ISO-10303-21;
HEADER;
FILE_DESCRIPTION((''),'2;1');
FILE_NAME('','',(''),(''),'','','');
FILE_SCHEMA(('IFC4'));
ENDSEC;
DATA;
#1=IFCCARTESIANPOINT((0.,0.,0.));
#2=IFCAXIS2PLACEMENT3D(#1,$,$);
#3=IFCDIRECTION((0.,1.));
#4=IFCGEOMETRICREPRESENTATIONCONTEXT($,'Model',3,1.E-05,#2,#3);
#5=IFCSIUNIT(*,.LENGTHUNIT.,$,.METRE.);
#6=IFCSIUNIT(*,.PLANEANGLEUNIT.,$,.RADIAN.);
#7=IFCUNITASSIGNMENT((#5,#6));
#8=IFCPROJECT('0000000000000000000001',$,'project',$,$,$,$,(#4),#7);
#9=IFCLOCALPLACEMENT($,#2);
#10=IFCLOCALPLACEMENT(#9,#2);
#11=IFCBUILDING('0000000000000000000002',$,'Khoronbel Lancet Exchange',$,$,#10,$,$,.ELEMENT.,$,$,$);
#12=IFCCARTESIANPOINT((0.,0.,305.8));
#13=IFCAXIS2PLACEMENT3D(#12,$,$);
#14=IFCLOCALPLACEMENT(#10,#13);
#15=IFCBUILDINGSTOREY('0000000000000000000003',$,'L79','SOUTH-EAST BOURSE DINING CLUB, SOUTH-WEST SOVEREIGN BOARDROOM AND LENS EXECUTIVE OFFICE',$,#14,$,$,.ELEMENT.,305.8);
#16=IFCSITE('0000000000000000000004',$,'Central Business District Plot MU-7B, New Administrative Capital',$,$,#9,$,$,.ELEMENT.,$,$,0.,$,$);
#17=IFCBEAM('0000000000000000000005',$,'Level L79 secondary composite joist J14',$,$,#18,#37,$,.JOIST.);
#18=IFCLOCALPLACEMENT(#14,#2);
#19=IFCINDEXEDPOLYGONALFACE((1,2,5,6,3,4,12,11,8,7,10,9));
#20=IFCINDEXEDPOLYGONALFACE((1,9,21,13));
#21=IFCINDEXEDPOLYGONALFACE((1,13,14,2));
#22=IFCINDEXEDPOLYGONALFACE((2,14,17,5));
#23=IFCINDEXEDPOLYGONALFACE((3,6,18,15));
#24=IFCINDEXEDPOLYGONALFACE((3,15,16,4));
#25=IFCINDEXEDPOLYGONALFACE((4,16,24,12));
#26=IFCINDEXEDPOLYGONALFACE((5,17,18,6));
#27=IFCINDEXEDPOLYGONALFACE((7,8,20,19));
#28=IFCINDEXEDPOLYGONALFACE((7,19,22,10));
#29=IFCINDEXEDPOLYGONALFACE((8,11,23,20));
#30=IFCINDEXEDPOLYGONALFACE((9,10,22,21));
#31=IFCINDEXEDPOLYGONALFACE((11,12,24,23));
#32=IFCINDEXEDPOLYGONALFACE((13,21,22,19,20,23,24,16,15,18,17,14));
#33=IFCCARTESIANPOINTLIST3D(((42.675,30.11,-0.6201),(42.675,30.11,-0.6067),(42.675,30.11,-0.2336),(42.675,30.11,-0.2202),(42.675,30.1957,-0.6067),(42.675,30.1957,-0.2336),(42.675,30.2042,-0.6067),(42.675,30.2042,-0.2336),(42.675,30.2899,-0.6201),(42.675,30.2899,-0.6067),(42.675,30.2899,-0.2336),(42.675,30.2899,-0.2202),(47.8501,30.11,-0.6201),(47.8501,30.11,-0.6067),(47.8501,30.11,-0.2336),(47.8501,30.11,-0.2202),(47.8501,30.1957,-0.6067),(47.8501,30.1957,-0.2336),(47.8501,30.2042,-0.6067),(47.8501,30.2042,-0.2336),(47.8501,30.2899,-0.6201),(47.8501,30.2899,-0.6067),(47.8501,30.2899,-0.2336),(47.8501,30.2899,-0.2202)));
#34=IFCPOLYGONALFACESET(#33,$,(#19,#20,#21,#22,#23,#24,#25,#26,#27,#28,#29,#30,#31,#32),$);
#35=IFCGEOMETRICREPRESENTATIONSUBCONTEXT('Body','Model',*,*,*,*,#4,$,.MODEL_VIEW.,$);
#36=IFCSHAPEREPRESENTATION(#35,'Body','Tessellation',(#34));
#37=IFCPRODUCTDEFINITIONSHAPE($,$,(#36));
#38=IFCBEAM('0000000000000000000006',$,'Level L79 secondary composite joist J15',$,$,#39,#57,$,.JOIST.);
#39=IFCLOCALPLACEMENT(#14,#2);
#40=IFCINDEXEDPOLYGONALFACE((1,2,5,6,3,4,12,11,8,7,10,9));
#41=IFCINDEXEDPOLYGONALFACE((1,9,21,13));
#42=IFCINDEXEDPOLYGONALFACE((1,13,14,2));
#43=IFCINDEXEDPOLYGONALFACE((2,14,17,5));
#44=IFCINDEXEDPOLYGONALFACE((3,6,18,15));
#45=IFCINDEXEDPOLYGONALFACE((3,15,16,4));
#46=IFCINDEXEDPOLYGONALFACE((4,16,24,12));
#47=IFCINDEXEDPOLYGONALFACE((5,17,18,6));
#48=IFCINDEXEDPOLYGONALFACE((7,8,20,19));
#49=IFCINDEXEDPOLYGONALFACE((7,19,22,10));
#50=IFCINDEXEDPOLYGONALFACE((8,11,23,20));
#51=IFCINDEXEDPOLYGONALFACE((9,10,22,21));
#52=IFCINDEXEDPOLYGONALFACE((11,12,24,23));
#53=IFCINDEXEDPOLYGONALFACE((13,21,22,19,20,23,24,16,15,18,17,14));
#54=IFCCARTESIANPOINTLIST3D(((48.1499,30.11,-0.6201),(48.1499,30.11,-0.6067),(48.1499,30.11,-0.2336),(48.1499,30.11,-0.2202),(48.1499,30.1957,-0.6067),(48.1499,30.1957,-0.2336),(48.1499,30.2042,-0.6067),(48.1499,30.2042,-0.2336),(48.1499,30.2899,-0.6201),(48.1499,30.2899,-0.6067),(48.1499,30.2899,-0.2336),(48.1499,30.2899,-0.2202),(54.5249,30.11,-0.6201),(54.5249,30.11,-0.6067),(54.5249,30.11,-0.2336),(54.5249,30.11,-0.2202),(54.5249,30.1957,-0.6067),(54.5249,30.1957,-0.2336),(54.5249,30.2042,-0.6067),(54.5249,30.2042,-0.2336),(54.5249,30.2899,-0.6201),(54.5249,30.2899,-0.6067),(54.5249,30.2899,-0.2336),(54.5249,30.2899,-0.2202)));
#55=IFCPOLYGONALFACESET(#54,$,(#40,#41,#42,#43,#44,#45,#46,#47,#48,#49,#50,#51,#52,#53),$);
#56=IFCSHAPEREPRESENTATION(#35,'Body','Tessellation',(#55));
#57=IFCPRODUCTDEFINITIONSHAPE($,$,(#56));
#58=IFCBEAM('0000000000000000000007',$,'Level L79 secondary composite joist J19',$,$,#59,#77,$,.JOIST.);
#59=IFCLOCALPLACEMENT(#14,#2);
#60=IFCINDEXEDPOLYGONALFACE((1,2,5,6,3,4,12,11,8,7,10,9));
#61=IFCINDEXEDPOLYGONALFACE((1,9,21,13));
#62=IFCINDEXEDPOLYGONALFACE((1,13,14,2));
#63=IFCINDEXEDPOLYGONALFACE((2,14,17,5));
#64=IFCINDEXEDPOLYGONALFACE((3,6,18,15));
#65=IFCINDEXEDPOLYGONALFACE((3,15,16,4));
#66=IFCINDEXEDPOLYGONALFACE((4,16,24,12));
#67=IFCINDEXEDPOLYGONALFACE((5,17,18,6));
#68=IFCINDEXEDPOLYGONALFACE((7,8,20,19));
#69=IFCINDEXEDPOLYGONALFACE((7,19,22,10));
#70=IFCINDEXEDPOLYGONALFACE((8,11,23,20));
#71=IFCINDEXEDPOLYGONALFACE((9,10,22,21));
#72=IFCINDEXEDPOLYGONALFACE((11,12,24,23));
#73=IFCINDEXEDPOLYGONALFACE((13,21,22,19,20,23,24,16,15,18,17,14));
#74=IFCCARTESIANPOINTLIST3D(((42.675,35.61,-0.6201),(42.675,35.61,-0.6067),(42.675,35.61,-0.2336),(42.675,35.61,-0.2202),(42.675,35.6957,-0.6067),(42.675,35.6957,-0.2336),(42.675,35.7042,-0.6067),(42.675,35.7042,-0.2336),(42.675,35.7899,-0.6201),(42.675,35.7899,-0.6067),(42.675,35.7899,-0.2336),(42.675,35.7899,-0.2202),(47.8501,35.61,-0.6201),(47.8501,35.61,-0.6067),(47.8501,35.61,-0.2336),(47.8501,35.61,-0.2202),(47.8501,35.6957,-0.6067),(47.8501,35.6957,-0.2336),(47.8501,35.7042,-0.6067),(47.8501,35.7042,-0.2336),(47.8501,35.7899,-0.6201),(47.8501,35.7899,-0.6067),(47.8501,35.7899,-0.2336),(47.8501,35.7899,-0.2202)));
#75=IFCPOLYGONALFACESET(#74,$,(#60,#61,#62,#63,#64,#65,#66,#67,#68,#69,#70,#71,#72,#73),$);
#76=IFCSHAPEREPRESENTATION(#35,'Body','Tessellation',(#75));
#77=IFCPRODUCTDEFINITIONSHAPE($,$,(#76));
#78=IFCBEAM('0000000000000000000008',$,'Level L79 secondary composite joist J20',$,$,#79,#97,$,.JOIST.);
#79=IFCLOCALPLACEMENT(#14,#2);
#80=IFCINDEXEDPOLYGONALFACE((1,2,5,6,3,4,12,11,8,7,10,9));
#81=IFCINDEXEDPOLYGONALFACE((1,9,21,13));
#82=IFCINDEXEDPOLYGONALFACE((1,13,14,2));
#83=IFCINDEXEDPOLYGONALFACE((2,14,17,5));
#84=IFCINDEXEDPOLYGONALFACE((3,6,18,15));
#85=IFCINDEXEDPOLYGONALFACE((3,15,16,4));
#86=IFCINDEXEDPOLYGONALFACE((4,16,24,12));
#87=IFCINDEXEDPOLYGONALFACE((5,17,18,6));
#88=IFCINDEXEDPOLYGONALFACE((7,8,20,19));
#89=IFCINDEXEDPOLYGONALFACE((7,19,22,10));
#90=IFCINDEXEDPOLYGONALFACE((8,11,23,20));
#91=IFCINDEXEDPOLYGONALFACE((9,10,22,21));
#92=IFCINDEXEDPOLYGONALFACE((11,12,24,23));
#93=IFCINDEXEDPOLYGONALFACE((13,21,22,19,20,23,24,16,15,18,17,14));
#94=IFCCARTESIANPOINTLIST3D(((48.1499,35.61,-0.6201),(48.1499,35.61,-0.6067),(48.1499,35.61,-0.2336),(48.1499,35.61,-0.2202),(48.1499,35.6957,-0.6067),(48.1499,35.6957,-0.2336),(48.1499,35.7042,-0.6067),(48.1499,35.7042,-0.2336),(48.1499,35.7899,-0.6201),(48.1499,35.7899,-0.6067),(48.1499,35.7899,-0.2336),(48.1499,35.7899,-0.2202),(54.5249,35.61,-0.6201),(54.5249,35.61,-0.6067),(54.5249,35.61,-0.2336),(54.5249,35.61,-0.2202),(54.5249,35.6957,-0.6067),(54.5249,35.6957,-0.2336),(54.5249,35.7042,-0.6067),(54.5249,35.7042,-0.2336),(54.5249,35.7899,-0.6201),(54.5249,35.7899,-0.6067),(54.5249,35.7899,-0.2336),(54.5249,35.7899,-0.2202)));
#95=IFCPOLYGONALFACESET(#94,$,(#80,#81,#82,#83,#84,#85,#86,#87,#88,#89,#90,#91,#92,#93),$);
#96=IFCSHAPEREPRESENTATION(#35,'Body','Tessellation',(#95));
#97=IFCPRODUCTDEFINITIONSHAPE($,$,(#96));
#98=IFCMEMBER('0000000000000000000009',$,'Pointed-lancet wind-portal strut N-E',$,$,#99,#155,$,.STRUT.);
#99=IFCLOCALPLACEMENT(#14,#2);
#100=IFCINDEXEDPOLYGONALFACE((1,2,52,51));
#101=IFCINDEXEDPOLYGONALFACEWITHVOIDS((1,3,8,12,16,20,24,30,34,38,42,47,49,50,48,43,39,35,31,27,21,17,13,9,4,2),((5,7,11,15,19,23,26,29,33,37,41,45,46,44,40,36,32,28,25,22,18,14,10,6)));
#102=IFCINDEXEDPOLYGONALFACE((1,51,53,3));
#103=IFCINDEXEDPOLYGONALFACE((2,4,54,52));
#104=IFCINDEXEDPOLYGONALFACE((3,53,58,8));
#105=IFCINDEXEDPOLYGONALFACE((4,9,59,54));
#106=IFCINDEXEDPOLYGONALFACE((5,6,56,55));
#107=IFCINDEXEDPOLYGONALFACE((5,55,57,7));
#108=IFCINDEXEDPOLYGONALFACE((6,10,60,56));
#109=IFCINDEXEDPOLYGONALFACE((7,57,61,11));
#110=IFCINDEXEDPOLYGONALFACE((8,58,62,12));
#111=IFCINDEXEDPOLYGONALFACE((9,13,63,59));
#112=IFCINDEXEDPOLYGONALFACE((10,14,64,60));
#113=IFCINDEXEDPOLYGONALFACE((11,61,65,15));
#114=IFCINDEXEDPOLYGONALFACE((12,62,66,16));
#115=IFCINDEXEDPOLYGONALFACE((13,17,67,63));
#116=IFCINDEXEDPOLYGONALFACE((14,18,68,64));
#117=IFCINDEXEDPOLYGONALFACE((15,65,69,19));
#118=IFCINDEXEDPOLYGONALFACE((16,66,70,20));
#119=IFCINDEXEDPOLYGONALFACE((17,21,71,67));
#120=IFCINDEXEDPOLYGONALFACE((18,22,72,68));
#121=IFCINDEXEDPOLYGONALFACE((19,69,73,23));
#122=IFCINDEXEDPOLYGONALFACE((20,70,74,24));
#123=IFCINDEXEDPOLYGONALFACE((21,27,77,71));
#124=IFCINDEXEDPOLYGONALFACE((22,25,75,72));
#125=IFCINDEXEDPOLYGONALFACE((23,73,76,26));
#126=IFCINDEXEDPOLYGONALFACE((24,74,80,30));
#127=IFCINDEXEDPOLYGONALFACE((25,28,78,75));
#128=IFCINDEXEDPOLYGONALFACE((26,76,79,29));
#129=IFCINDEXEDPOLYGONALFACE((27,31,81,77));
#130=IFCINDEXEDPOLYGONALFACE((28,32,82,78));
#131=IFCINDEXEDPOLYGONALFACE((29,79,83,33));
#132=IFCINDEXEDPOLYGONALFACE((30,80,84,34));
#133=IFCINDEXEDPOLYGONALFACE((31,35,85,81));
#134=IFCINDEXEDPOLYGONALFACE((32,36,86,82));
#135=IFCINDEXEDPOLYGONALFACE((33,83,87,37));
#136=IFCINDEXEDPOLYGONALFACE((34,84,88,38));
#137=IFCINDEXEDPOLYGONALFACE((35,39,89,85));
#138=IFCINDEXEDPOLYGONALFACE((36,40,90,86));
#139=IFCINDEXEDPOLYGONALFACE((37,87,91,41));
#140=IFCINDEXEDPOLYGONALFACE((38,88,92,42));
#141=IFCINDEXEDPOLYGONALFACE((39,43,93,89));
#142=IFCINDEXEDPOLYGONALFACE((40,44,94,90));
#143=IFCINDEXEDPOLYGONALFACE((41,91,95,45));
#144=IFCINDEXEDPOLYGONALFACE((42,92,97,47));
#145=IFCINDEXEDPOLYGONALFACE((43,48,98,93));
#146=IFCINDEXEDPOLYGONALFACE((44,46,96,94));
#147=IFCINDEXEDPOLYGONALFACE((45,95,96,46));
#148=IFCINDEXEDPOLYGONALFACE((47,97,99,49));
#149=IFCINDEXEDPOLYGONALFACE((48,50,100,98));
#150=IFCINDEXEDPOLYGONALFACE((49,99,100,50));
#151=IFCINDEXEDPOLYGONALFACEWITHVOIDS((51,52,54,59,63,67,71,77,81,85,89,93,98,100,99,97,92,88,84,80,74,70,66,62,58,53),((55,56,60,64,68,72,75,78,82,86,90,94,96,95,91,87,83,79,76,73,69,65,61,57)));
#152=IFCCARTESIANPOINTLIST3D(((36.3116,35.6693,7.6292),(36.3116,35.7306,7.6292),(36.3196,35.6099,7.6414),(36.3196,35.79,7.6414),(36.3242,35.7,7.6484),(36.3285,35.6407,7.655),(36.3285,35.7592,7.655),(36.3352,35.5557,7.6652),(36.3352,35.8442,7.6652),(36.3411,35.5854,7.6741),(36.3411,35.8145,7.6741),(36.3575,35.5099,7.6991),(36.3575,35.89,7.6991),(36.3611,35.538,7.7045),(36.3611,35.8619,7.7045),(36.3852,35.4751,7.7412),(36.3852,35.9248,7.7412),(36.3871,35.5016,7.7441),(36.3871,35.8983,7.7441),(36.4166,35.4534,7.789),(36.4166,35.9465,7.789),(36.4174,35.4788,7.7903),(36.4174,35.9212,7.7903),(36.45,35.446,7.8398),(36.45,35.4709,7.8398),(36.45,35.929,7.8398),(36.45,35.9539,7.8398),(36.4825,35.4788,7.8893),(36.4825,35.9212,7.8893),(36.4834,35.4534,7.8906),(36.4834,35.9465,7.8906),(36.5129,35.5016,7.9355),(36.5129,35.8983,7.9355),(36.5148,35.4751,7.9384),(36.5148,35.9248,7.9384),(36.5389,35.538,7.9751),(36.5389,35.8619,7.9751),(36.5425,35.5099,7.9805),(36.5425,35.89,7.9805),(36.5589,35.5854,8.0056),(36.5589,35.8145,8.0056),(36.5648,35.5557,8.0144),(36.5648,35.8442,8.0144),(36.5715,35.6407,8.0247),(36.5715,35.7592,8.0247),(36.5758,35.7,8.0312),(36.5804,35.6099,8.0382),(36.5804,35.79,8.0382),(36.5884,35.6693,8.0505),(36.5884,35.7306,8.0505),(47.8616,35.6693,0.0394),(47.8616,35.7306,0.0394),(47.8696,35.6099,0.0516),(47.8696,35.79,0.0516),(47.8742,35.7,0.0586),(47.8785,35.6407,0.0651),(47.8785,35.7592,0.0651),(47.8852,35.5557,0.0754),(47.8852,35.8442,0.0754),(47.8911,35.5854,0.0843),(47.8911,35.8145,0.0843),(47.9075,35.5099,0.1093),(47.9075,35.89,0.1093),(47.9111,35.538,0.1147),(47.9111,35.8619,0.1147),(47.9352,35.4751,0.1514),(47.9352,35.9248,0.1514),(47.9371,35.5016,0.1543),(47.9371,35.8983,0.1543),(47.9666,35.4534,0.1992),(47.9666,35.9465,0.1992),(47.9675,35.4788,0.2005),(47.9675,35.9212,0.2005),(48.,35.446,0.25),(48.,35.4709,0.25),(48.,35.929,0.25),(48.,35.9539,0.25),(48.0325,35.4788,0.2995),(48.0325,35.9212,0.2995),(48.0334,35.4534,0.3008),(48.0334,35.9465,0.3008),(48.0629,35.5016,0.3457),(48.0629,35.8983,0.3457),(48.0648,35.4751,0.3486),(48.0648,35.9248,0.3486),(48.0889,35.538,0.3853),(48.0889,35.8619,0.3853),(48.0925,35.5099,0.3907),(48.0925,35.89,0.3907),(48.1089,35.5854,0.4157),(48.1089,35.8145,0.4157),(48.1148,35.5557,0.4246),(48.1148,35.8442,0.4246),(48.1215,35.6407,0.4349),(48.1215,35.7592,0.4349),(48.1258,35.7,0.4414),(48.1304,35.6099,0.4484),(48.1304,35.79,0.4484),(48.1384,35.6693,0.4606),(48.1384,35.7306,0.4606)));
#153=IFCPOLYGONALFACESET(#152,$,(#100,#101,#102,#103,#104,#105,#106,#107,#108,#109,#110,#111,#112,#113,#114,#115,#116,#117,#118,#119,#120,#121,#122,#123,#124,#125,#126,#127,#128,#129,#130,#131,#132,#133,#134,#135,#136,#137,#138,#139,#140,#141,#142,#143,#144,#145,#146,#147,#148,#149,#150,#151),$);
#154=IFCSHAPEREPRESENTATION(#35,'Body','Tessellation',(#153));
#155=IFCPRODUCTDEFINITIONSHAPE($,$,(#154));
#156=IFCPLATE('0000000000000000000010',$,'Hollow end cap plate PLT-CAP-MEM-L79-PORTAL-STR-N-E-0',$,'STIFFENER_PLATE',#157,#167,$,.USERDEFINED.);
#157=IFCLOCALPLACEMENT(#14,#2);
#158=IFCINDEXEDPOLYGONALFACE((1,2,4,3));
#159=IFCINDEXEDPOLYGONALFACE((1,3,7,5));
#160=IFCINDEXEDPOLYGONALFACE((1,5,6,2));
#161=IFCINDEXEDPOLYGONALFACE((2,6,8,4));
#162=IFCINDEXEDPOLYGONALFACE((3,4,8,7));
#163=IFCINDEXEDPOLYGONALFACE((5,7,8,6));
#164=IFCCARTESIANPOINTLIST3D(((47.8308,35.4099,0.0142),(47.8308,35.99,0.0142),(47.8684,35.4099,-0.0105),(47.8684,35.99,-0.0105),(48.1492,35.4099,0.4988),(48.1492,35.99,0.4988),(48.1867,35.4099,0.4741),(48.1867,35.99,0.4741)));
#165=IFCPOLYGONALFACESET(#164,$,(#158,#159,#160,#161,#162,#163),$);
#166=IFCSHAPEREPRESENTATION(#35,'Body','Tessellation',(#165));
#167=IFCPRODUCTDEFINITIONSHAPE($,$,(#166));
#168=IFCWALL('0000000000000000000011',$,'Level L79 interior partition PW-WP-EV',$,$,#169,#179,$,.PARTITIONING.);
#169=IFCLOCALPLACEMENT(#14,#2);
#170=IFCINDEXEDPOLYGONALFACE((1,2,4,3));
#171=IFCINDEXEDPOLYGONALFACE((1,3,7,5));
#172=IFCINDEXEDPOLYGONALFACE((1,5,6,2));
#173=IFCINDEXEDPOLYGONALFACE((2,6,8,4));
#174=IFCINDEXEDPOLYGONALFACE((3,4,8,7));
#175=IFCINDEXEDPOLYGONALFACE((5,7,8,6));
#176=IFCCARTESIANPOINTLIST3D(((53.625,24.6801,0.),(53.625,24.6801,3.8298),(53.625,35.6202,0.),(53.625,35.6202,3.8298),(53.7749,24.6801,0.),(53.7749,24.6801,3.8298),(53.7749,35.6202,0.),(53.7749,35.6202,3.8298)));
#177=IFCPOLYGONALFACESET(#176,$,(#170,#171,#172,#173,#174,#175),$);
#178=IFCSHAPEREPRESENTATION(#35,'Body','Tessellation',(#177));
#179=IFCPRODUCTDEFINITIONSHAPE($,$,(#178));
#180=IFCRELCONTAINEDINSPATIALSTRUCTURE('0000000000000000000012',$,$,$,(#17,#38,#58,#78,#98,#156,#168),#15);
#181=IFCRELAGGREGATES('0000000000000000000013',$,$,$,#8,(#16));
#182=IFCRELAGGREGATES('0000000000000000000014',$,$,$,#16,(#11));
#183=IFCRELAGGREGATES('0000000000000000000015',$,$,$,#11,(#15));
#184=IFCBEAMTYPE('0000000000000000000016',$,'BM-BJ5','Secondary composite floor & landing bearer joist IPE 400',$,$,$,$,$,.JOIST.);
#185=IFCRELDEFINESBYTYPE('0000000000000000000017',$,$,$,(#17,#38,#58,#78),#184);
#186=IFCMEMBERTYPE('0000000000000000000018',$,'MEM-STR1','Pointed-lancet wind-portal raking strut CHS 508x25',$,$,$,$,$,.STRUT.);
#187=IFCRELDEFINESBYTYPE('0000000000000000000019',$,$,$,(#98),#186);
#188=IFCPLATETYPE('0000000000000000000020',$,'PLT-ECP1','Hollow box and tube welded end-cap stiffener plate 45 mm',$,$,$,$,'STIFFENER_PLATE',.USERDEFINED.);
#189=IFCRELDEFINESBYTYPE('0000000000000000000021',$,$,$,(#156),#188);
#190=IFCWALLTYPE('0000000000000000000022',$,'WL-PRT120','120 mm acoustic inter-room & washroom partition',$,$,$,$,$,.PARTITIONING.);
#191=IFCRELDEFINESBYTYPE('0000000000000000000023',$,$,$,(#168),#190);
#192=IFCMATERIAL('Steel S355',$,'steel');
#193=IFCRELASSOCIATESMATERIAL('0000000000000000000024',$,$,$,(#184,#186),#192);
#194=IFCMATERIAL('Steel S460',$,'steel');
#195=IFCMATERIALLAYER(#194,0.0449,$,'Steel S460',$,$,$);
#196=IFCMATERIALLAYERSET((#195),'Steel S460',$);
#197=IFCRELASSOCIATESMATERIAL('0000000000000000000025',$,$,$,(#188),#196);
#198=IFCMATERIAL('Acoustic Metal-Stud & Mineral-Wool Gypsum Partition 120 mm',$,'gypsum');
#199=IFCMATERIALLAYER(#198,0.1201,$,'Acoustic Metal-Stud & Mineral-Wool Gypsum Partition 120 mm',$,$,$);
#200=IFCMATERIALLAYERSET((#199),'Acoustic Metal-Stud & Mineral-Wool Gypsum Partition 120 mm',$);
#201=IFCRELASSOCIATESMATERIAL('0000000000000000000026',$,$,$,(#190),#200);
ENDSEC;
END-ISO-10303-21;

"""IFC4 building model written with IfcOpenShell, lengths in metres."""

from ifc_helpers import new_model, si_unit, direction, frame, frame_2d, origin, origin_2d, place, context, subcontext, project, spatial, polyline, rectangle, hollow_circle, i_section, outline, extrude, material, layer, layer_set, material_profile, profile_set, type_object, element, save


model = new_model("IFC4")

# Units and contexts
model_context = context("Model", 3, precision=1e-05, world=origin(), true_north=direction((0.0, 1.0)))
body_context = subcontext(model_context, "Body", "Model", "MODEL_VIEW")
ifc_project = project(units=[si_unit("LENGTHUNIT", "METRE"), si_unit("PLANEANGLEUNIT", "RADIAN")], contexts=[model_context])

# Site, building, storey
site_placement = place(None, origin())
site = spatial("IfcSite", under=ifc_project, at=site_placement, Name="Central Business District Plot MU-7B, New Administrative Capital", CompositionType="ELEMENT", RefElevation=0.0)
building_placement = place(site_placement, origin())
building = spatial("IfcBuilding", under=site, at=building_placement, Name="Khoronbel Lancet Exchange", CompositionType="ELEMENT")
storey_placement = place(building_placement, frame((0.0, 0.0, 305.8)))
storey = spatial("IfcBuildingStorey", under=building, at=storey_placement, Name="L79", Description="SOUTH-EAST BOURSE DINING CLUB, SOUTH-WEST SOVEREIGN BOARDROOM AND LENS EXECUTIVE OFFICE", CompositionType="ELEMENT", Elevation=305.8)

# Shared definitions
ifc_material_1 = material(Name="Steel S355", Category="steel")

# Beams
ifc_material_profile_1 = material_profile(ifc_material_1, i_section(OverallWidth=0.1799, OverallDepth=0.3999, WebThickness=0.0085, FlangeThickness=0.0134, at=origin_2d()), Name="IPE 400")
ifc_profile_set_1 = profile_set([ifc_material_profile_1], Name="Steel S355")
beam_type_1 = type_object("IfcBeamType", Name="BM-BJ5", Description="Secondary composite floor & landing bearer joist IPE 400", PredefinedType="JOIST", material=ifc_profile_set_1)
beam_1_placement = place(storey_placement, frame((42.675, 30.2, -0.4202), z_axis=(1.0, 0.0, 0.0), x_axis=(0.0, 1.0, 0.0)))
element("IfcBeam", 1, at=beam_1_placement, inside=storey, type_object=beam_type_1, Name="Level L79 secondary composite joist J14", PredefinedType="JOIST", context=body_context, shape_type="SweptSolid", body=[
    extrude(i_section(OverallWidth=0.1799, OverallDepth=0.3999, WebThickness=0.0085, FlangeThickness=0.0134, at=origin_2d()), origin(), (0.0, 0.0, 1.0), 5.175),
])
beam_2_placement = place(storey_placement, frame((48.1499, 30.2, -0.4202), z_axis=(1.0, 0.0, 0.0), x_axis=(0.0, 1.0, 0.0)))
element("IfcBeam", 2, at=beam_2_placement, inside=storey, type_object=beam_type_1, Name="Level L79 secondary composite joist J15", PredefinedType="JOIST", context=body_context, shape_type="SweptSolid", body=[
    extrude(i_section(OverallWidth=0.1799, OverallDepth=0.3999, WebThickness=0.0085, FlangeThickness=0.0134, at=origin_2d()), origin(), (0.0, 0.0, 1.0), 6.375),
])
beam_3_placement = place(storey_placement, frame((42.675, 35.7, -0.4202), z_axis=(1.0, 0.0, 0.0), x_axis=(0.0, 1.0, 0.0)))
element("IfcBeam", 3, at=beam_3_placement, inside=storey, type_object=beam_type_1, Name="Level L79 secondary composite joist J19", PredefinedType="JOIST", context=body_context, shape_type="SweptSolid", body=[
    extrude(i_section(OverallWidth=0.1799, OverallDepth=0.3999, WebThickness=0.0085, FlangeThickness=0.0134, at=origin_2d()), origin(), (0.0, 0.0, 1.0), 5.175),
])
beam_4_placement = place(storey_placement, frame((48.1499, 35.7, -0.4202), z_axis=(1.0, 0.0, 0.0), x_axis=(0.0, 1.0, 0.0)))
element("IfcBeam", 4, at=beam_4_placement, inside=storey, type_object=beam_type_1, Name="Level L79 secondary composite joist J20", PredefinedType="JOIST", context=body_context, shape_type="SweptSolid", body=[
    extrude(i_section(OverallWidth=0.1799, OverallDepth=0.3999, WebThickness=0.0085, FlangeThickness=0.0134, at=origin_2d()), origin(), (0.0, 0.0, 1.0), 6.375),
])

# Member
ifc_material_profile_2 = material_profile(ifc_material_1, hollow_circle(Radius=0.2539, WallThickness=0.0249, at=origin_2d()), Name="CHS 508x25")
ifc_profile_set_2 = profile_set([ifc_material_profile_2], Name="Steel S355")
member_type = type_object("IfcMemberType", Name="MEM-STR1", Description="Pointed-lancet wind-portal raking strut CHS 508x25", PredefinedType="STRUT", material=ifc_profile_set_2)
member_placement = place(storey_placement, frame((48.0, 35.7, 0.25), z_axis=(-0.835712, 0.0, 0.549168), x_axis=(0.0, -1.0, 0.0)))
element("IfcMember", 5, at=member_placement, inside=storey, type_object=member_type, Name="Pointed-lancet wind-portal strut N-E", PredefinedType="STRUT", context=body_context, shape_type="SweptSolid", body=[
    extrude(hollow_circle(Radius=0.2539, WallThickness=0.0249, at=origin_2d()), origin(), (0.0, 0.0, 1.0), 13.8206),
])

# Plate
ifc_material_2 = material(Name="Steel S460", Category="steel")
ifc_layer_1 = layer(ifc_material_2, 0.0449, Name="Steel S460")
ifc_layer_set_1 = layer_set([ifc_layer_1], Name="Steel S460")
plate_type = type_object("IfcPlateType", Name="PLT-ECP1", Description="Hollow box and tube welded end-cap stiffener plate 45 mm", ElementType="STIFFENER_PLATE", PredefinedType="USERDEFINED", material=ifc_layer_set_1)
plate_placement = place(storey_placement, frame((47.8308, 35.99, 0.0142), z_axis=(-0.835788, 0.0, 0.549052), x_axis=(0.0, -1.0, 0.0)))
element("IfcPlate", 6, at=plate_placement, inside=storey, type_object=plate_type, Name="Hollow end cap plate PLT-CAP-MEM-L79-PORTAL-STR-N-E-0", ObjectType="STIFFENER_PLATE", PredefinedType="USERDEFINED", context=body_context, shape_type="SweptSolid", body=[
    extrude(outline(polyline([(0.0, 0.0), (0.5801, 0.0), (0.5801, 0.5798), (0.0, 0.5798), (0.0, 0.0)])), origin(), (0.0, 0.0, -1.0), 0.0449),
])

# Wall
ifc_material_3 = material(Name="Acoustic Metal-Stud & Mineral-Wool Gypsum Partition 120 mm", Category="gypsum")
ifc_layer_2 = layer(ifc_material_3, 0.1201, Name="Acoustic Metal-Stud & Mineral-Wool Gypsum Partition 120 mm")
ifc_layer_set_2 = layer_set([ifc_layer_2], Name="Acoustic Metal-Stud & Mineral-Wool Gypsum Partition 120 mm")
wall_type_1 = type_object("IfcWallType", Name="WL-PRT120", Description="120 mm acoustic inter-room & washroom partition", PredefinedType="PARTITIONING", material=ifc_layer_set_2)
wall_1_placement = place(storey_placement, frame((53.7, 24.6799, 0.0), z_axis=(0.0, 0.0, 1.0), x_axis=(0.0, 1.0, 0.0)))
element("IfcWall", 7, at=wall_1_placement, inside=storey, type_object=wall_type_1, Name="Level L79 interior partition PW-WP-EV", PredefinedType="PARTITIONING", context=body_context, shape_type="SweptSolid", body=[
    extrude(rectangle(XDim=10.9402, YDim=0.1499, at=frame_2d((5.4702, 0.0))), origin(), (0.0, 0.0, 1.0), 3.8298),
])

save(model, "model.ifc")
